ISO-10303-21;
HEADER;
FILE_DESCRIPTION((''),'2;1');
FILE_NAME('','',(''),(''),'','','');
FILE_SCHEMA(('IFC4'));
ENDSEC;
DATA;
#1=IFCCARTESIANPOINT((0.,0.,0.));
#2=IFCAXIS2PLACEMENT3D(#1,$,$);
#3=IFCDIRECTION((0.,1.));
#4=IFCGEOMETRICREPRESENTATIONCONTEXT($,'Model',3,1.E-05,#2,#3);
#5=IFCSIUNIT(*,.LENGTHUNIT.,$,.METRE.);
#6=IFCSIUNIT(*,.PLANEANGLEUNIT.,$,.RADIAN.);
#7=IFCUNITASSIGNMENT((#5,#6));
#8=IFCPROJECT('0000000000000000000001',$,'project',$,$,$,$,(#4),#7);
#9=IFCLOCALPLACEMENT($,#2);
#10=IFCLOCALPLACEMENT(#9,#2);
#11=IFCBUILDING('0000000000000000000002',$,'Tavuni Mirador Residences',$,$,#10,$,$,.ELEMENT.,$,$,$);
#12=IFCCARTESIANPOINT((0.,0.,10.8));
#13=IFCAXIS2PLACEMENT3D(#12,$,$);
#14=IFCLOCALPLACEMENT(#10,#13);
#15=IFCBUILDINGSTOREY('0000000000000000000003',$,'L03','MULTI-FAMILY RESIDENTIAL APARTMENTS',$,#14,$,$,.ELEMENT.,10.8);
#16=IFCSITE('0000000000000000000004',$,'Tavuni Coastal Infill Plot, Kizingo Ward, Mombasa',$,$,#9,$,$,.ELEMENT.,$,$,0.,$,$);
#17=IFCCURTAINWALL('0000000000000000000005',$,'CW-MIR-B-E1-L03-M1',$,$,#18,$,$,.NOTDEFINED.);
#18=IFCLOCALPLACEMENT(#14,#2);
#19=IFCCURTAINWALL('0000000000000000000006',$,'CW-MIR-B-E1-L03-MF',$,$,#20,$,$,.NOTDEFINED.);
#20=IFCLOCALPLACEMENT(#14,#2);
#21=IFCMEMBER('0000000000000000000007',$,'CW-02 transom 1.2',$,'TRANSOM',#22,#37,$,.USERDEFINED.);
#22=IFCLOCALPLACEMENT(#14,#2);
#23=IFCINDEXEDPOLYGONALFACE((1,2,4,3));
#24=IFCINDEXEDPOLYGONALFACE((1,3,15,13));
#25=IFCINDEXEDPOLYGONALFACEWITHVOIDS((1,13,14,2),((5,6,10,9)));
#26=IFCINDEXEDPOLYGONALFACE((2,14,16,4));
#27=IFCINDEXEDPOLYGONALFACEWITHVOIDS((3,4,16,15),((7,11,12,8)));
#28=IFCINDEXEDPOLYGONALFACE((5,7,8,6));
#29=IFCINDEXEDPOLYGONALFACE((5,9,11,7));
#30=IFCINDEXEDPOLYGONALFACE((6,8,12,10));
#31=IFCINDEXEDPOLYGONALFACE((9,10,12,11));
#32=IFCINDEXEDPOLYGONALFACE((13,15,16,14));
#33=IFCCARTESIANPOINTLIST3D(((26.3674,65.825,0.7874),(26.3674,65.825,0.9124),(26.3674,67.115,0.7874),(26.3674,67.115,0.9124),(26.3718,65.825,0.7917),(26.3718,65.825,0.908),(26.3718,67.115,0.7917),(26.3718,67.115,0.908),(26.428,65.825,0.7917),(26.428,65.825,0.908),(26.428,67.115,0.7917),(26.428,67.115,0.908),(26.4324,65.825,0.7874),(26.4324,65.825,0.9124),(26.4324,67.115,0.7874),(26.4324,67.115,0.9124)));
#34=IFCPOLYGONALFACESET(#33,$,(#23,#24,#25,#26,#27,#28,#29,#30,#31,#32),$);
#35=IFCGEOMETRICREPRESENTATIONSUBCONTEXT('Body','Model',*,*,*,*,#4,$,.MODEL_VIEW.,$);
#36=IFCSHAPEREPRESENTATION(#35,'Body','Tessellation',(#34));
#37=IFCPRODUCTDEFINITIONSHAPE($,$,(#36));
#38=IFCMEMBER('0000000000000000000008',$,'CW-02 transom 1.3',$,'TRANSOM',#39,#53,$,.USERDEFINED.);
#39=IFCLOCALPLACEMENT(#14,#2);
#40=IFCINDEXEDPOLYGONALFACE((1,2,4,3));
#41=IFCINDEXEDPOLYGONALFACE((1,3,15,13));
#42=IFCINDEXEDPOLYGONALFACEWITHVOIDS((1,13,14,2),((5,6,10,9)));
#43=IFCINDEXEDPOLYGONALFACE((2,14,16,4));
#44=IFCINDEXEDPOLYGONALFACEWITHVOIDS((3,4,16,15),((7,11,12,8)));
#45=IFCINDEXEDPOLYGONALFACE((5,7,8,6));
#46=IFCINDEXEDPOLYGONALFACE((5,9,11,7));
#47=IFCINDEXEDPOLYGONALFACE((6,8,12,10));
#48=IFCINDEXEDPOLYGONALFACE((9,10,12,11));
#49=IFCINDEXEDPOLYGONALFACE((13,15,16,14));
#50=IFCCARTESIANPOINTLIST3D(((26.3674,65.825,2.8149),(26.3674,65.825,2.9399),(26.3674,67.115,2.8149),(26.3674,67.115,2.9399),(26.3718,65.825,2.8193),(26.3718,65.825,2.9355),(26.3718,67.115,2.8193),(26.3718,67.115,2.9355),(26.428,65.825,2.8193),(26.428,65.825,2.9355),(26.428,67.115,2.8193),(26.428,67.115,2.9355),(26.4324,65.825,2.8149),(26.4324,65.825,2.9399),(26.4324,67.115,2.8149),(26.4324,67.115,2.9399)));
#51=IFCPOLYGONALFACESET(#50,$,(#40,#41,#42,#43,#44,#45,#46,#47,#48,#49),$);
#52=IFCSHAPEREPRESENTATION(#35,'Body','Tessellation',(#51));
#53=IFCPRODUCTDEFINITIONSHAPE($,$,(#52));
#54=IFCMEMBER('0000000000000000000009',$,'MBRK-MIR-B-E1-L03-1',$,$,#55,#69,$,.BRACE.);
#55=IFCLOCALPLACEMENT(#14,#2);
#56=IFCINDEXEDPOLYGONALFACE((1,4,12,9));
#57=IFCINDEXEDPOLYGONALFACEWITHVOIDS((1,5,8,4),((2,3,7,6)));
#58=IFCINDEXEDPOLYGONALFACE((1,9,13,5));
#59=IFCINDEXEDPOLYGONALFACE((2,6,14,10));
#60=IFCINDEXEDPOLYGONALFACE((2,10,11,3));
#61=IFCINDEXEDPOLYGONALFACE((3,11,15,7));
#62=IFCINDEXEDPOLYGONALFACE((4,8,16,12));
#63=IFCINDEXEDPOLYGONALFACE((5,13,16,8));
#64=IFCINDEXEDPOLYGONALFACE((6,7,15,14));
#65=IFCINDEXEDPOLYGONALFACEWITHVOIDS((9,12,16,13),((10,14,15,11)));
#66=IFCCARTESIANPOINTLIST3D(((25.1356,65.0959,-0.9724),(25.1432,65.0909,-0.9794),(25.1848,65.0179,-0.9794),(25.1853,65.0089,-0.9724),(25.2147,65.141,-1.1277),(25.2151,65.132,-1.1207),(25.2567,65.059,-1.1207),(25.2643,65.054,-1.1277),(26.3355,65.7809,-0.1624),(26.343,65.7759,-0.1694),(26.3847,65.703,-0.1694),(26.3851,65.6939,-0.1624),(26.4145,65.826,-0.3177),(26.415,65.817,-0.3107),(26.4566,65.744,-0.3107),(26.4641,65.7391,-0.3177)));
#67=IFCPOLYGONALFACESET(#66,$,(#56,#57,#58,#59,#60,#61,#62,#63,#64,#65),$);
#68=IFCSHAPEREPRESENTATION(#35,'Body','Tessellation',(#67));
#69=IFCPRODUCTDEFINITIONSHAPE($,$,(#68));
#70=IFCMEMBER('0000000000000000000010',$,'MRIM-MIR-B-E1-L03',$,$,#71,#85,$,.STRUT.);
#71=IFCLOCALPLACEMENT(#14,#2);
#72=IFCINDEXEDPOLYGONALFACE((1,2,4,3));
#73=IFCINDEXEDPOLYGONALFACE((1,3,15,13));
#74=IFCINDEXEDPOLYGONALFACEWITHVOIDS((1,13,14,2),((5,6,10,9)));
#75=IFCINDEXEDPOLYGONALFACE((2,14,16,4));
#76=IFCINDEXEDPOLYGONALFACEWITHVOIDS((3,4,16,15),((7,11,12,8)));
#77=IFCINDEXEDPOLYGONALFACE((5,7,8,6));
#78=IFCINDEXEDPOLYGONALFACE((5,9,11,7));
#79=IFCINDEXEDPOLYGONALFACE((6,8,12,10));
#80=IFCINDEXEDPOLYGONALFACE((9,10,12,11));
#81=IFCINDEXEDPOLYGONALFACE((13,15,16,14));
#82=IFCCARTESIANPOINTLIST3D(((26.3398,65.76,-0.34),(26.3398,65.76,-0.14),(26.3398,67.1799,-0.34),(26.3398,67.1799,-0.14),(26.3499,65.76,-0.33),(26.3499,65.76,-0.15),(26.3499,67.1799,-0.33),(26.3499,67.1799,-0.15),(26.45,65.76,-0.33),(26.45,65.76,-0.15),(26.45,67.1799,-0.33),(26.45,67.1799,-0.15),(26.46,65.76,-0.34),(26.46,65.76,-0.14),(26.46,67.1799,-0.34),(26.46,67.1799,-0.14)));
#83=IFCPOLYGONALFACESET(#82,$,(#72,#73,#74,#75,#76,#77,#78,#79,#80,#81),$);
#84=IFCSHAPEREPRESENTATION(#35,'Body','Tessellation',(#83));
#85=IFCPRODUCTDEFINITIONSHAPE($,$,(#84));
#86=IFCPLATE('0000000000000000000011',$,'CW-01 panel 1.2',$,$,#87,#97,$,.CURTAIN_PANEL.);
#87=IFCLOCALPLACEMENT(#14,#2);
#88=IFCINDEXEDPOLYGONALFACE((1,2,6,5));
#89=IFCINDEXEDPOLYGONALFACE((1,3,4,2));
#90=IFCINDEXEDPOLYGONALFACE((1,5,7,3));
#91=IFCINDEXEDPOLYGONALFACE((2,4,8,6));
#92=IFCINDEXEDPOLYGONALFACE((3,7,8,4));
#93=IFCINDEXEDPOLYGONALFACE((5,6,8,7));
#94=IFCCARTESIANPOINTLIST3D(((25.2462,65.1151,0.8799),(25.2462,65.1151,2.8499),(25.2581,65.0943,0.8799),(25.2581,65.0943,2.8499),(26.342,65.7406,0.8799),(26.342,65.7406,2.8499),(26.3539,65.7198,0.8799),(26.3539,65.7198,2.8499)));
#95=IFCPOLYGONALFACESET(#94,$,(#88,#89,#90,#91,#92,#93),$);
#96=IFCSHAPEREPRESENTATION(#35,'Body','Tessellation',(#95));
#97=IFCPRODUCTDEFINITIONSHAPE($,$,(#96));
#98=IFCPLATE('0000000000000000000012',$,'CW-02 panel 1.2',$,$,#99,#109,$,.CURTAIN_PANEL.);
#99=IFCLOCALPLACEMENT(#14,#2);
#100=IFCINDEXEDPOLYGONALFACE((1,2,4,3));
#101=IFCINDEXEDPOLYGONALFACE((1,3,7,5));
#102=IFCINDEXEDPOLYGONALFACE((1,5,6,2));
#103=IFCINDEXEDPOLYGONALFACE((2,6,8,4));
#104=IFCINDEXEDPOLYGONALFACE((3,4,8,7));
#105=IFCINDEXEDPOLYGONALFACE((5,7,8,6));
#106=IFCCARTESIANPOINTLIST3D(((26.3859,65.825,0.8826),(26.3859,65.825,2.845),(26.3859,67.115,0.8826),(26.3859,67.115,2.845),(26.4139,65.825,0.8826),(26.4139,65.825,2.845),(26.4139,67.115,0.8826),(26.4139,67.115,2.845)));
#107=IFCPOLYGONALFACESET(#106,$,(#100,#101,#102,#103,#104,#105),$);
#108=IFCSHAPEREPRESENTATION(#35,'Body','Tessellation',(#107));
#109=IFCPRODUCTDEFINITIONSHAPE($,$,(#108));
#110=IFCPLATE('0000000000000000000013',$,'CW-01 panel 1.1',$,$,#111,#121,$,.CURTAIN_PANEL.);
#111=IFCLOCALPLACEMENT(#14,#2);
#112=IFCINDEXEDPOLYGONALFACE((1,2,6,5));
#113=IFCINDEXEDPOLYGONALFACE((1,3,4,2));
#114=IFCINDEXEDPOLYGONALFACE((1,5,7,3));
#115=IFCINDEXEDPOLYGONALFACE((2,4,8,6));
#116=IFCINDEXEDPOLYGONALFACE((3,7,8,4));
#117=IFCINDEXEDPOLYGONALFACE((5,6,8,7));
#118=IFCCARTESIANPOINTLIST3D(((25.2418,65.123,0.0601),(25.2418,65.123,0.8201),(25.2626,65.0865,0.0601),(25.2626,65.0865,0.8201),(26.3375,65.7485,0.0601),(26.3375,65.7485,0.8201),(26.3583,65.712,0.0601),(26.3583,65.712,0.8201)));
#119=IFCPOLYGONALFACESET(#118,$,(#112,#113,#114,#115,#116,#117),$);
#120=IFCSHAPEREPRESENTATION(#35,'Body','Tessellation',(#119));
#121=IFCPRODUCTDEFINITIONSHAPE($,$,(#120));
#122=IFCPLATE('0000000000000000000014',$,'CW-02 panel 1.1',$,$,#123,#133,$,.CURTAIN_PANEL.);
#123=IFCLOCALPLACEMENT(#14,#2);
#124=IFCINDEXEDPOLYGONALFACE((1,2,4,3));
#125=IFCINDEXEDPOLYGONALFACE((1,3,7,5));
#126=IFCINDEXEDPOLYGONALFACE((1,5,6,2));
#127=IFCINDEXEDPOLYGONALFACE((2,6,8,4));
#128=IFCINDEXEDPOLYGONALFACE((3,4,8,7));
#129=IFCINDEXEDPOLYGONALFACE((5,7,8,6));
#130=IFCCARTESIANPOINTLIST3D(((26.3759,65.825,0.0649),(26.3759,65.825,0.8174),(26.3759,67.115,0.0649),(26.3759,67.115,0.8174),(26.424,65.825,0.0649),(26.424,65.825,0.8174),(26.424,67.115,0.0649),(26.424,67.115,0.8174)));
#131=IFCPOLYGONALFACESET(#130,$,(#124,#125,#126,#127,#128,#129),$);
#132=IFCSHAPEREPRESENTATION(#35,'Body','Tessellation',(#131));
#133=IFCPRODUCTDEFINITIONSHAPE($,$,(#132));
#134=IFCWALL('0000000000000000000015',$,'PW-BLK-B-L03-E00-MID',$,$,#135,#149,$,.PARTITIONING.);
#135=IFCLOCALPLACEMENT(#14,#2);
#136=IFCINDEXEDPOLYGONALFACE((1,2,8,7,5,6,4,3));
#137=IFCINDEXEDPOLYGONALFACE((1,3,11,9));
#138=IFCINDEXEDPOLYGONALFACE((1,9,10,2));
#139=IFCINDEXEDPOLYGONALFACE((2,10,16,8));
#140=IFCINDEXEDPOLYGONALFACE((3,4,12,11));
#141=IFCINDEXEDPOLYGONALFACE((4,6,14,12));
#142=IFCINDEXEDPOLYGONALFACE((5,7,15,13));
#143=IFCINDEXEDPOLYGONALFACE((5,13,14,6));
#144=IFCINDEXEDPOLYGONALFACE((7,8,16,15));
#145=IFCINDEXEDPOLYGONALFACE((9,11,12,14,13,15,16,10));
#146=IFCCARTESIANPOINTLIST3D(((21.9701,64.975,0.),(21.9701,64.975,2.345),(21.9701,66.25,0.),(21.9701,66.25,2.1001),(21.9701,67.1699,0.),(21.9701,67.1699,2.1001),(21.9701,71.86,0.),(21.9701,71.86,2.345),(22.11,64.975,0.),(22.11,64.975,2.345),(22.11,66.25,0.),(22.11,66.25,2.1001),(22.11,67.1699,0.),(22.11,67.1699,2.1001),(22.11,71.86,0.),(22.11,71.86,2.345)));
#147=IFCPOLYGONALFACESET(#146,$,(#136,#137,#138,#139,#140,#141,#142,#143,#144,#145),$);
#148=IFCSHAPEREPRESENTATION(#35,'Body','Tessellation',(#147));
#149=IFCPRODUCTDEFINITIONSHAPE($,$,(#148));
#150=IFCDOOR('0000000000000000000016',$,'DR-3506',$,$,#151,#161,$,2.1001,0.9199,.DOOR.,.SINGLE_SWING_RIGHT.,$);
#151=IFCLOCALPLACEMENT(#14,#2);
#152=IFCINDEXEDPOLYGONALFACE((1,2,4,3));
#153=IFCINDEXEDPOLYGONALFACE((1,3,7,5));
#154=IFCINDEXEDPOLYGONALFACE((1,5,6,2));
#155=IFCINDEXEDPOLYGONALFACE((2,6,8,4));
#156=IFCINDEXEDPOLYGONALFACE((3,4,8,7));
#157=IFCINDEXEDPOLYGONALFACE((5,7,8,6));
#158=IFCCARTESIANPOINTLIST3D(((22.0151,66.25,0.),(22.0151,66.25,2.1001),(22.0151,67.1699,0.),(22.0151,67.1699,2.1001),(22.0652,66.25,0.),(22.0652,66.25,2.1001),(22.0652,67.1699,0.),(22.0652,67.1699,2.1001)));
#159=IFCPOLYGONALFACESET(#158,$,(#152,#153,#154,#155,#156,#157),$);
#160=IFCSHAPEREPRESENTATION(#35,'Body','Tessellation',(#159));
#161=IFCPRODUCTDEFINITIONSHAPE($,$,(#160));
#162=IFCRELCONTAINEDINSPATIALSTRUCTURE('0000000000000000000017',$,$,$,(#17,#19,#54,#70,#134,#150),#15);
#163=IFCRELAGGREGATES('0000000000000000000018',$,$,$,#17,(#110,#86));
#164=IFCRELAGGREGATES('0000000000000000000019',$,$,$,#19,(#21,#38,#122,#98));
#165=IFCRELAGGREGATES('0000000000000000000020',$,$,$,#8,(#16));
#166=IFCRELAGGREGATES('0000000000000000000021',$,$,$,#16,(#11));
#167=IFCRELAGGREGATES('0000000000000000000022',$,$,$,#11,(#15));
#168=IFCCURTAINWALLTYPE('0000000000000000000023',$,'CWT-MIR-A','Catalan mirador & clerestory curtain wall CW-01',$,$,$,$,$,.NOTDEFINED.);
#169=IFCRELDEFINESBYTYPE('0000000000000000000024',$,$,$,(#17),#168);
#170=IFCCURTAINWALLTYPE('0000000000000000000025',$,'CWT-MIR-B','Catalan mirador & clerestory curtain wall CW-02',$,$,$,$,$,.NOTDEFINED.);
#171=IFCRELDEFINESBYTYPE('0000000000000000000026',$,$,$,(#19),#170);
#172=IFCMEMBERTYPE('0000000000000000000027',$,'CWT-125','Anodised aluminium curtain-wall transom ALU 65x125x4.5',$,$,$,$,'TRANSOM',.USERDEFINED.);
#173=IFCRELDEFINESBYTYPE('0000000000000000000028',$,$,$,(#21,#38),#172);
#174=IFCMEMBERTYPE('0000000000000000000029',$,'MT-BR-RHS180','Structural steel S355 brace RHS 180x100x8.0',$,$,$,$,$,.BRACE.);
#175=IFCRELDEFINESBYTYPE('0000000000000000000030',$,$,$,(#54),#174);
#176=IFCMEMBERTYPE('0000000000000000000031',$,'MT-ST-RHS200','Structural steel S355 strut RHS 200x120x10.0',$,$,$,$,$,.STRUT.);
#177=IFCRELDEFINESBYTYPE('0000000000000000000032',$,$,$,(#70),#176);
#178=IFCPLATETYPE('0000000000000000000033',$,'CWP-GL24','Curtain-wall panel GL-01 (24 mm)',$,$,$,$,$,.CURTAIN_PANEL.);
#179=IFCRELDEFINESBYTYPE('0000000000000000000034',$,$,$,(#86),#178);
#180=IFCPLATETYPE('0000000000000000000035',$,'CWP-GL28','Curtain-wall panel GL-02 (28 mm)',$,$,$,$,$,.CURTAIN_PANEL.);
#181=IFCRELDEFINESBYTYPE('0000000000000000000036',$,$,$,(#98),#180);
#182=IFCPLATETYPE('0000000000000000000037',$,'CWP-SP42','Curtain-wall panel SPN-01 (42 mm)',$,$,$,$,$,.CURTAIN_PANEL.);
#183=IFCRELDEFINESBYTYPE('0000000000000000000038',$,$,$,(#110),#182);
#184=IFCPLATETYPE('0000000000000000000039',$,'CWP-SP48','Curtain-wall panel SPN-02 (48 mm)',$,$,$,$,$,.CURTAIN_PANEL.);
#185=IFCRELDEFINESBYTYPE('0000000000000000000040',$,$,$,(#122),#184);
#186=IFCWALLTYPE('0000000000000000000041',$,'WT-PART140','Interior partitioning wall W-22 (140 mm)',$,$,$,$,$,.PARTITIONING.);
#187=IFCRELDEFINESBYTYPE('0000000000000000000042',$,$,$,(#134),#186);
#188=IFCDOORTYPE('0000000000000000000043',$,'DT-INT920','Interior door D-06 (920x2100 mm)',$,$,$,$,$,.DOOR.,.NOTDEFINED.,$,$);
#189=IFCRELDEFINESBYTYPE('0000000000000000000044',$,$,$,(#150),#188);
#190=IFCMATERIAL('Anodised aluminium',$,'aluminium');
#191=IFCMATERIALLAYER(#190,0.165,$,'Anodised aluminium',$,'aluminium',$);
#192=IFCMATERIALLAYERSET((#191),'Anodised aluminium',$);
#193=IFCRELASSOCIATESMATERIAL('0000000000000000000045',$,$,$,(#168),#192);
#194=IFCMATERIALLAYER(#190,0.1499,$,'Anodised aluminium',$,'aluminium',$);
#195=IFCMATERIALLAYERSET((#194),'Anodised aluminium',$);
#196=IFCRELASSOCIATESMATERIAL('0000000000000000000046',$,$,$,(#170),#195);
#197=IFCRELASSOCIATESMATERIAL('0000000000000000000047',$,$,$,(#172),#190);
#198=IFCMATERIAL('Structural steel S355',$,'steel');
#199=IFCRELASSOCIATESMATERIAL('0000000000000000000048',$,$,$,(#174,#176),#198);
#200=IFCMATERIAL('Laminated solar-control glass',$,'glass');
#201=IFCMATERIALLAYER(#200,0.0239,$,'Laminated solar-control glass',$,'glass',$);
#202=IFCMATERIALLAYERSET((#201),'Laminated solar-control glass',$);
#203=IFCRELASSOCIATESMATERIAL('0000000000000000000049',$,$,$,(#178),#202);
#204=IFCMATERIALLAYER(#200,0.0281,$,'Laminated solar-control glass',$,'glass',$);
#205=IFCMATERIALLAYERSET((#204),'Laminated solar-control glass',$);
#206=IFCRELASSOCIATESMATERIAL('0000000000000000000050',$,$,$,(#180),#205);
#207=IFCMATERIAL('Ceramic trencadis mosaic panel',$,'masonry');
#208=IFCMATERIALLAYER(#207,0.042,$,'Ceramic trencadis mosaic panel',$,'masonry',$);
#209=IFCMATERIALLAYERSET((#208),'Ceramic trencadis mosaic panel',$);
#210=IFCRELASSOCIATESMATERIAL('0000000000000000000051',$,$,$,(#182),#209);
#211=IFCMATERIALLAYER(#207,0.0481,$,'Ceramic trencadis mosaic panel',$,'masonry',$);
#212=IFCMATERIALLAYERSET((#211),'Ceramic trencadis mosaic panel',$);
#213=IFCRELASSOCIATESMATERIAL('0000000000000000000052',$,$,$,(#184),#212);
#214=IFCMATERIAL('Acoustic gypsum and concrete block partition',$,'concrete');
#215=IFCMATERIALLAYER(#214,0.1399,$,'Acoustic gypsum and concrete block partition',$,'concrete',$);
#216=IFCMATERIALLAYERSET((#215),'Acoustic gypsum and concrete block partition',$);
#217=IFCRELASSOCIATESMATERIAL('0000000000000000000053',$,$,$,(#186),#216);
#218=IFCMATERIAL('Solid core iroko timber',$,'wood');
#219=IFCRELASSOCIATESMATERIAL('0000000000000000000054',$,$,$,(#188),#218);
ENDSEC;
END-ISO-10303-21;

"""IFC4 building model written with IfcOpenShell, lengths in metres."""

from ifc_helpers import new_model, si_unit, direction, frame, frame_2d, origin, origin_2d, place, context, subcontext, project, spatial, rectangle, hollow_rectangle, extrude, material, layer, layer_set, material_profile, profile_set, type_object, element, fill, aggregate, save


model = new_model("IFC4")

# Units and contexts
model_context = context("Model", 3, precision=1e-05, world=origin(), true_north=direction((0.0, 1.0)))
body_context = subcontext(model_context, "Body", "Model", "MODEL_VIEW")
ifc_project = project(units=[si_unit("LENGTHUNIT", "METRE"), si_unit("PLANEANGLEUNIT", "RADIAN")], contexts=[model_context])

# Site, building, storey
site_placement = place(None, origin())
site = spatial("IfcSite", under=ifc_project, at=site_placement, Name="Tavuni Coastal Infill Plot, Kizingo Ward, Mombasa", CompositionType="ELEMENT", RefElevation=0.0)
building_placement = place(site_placement, origin())
building = spatial("IfcBuilding", under=site, at=building_placement, Name="Tavuni Mirador Residences", CompositionType="ELEMENT")
storey_placement = place(building_placement, frame((0.0, 0.0, 10.8)))
storey = spatial("IfcBuildingStorey", under=building, at=storey_placement, Name="L03", Description="MULTI-FAMILY RESIDENTIAL APARTMENTS", CompositionType="ELEMENT", Elevation=10.8)

# Curtain walls
ifc_material_1 = material(Name="Anodised aluminium", Category="aluminium")
ifc_layer_1 = layer(ifc_material_1, 0.165, Name="Anodised aluminium", Category="aluminium")
ifc_layer_set_1 = layer_set([ifc_layer_1], Name="Anodised aluminium")
curtain_wall_type_1 = type_object("IfcCurtainWallType", Name="CWT-MIR-A", Description="Catalan mirador & clerestory curtain wall CW-01", PredefinedType="NOTDEFINED", material=ifc_layer_set_1)
curtain_wall_1_placement = place(storey_placement, origin())
curtain_wall_1 = element("IfcCurtainWall", 1, at=curtain_wall_1_placement, inside=storey, type_object=curtain_wall_type_1, Name="CW-MIR-B-E1-L03-M1", PredefinedType="NOTDEFINED")
ifc_layer_2 = layer(ifc_material_1, 0.1499, Name="Anodised aluminium", Category="aluminium")
ifc_layer_set_2 = layer_set([ifc_layer_2], Name="Anodised aluminium")
curtain_wall_type_2 = type_object("IfcCurtainWallType", Name="CWT-MIR-B", Description="Catalan mirador & clerestory curtain wall CW-02", PredefinedType="NOTDEFINED", material=ifc_layer_set_2)
curtain_wall_2_placement = place(storey_placement, origin())
curtain_wall_2 = element("IfcCurtainWall", 2, at=curtain_wall_2_placement, inside=storey, type_object=curtain_wall_type_2, Name="CW-MIR-B-E1-L03-MF", PredefinedType="NOTDEFINED")

# Members
ifc_material_profile_1 = material_profile(ifc_material_1, hollow_rectangle(XDim=0.0649, YDim=0.125, WallThickness=0.0044, at=origin_2d()), Name="ALU 65x125x4.5", Category="aluminium")
ifc_profile_set_1 = profile_set([ifc_material_profile_1], Name="Anodised aluminium")
member_type_1 = type_object("IfcMemberType", Name="CWT-125", Description="Anodised aluminium curtain-wall transom ALU 65x125x4.5", ElementType="TRANSOM", PredefinedType="USERDEFINED", material=ifc_profile_set_1)
member_1_placement = place(storey_placement, frame((26.3999, 65.825, 0.8499), z_axis=(0.0, 1.0, 0.0), x_axis=(-1.0, 0.0, 0.0)))
member_1 = element("IfcMember", 3, at=member_1_placement, type_object=member_type_1, Name="CW-02 transom 1.2", ObjectType="TRANSOM", PredefinedType="USERDEFINED", context=body_context, shape_type="SweptSolid", body=[
    extrude(hollow_rectangle(XDim=0.0649, YDim=0.125, WallThickness=0.0044, at=origin_2d()), origin(), (0.0, 0.0, 1.0), 1.29),
])
member_2_placement = place(storey_placement, frame((26.3999, 65.825, 2.8774), z_axis=(0.0, 1.0, 0.0), x_axis=(-1.0, 0.0, 0.0)))
member_2 = element("IfcMember", 4, at=member_2_placement, type_object=member_type_1, Name="CW-02 transom 1.3", ObjectType="TRANSOM", PredefinedType="USERDEFINED", context=body_context, shape_type="SweptSolid", body=[
    extrude(hollow_rectangle(XDim=0.0649, YDim=0.125, WallThickness=0.0044, at=origin_2d()), origin(), (0.0, 0.0, 1.0), 1.29),
])

# Members
ifc_material_2 = material(Name="Structural steel S355", Category="steel")
ifc_material_profile_2 = material_profile(ifc_material_2, hollow_rectangle(XDim=0.1001, YDim=0.1799, WallThickness=0.0081, at=origin_2d()), Name="RHS 180x100x8.0", Category="steel")
ifc_profile_set_2 = profile_set([ifc_material_profile_2], Name="Structural steel S355")
member_type_2 = type_object("IfcMemberType", Name="MT-BR-RHS180", Description="Structural steel S355 brace RHS 180x100x8.0", PredefinedType="BRACE", material=ifc_profile_set_2)
member_3_placement = place(storey_placement, frame((25.2, 65.075, -1.05), z_axis=(0.749182, 0.427712, 0.505755), x_axis=(-0.495796, 0.868439, 0.0)))
element("IfcMember", 5, at=member_3_placement, inside=storey, type_object=member_type_2, Name="MBRK-MIR-B-E1-L03-1", PredefinedType="BRACE", context=body_context, shape_type="SweptSolid", body=[
    extrude(hollow_rectangle(XDim=0.1001, YDim=0.1799, WallThickness=0.0081, at=origin_2d()), origin(), (0.0, 0.0, 1.0), 1.6016),
])
ifc_material_profile_3 = material_profile(ifc_material_2, hollow_rectangle(XDim=0.1201, YDim=0.2, WallThickness=0.01, at=origin_2d()), Name="RHS 200x120x10.0", Category="steel")
ifc_profile_set_3 = profile_set([ifc_material_profile_3], Name="Structural steel S355")
member_type_3 = type_object("IfcMemberType", Name="MT-ST-RHS200", Description="Structural steel S355 strut RHS 200x120x10.0", PredefinedType="STRUT", material=ifc_profile_set_3)
member_4_placement = place(storey_placement, frame((26.3999, 65.76, -0.24), z_axis=(0.0, 1.0, 0.0), x_axis=(-1.0, 0.0, 0.0)))
element("IfcMember", 6, at=member_4_placement, inside=storey, type_object=member_type_3, Name="MRIM-MIR-B-E1-L03", PredefinedType="STRUT", context=body_context, shape_type="SweptSolid", body=[
    extrude(hollow_rectangle(XDim=0.1201, YDim=0.2, WallThickness=0.01, at=origin_2d()), origin(), (0.0, 0.0, 1.0), 1.4199),
])

# Plates
ifc_material_3 = material(Name="Laminated solar-control glass", Category="glass")
ifc_layer_3 = layer(ifc_material_3, 0.0239, Name="Laminated solar-control glass", Category="glass")
ifc_layer_set_3 = layer_set([ifc_layer_3], Name="Laminated solar-control glass")
plate_type_1 = type_object("IfcPlateType", Name="CWP-GL24", Description="Curtain-wall panel GL-01 (24 mm)", PredefinedType="CURTAIN_PANEL", material=ifc_layer_set_3)
plate_1_placement = place(storey_placement, frame((25.8, 65.4175, 0.8799), z_axis=(0.0, 0.0, 1.0), x_axis=(0.868466, 0.495749, 0.0)))
plate_1 = element("IfcPlate", 7, at=plate_1_placement, type_object=plate_type_1, Name="CW-01 panel 1.2", PredefinedType="CURTAIN_PANEL", context=body_context, shape_type="SweptSolid", body=[
    extrude(rectangle(XDim=1.2617, YDim=0.0239, at=origin_2d()), origin(), (0.0, 0.0, 1.0), 1.97),
])
ifc_layer_4 = layer(ifc_material_3, 0.0281, Name="Laminated solar-control glass", Category="glass")
ifc_layer_set_4 = layer_set([ifc_layer_4], Name="Laminated solar-control glass")
plate_type_2 = type_object("IfcPlateType", Name="CWP-GL28", Description="Curtain-wall panel GL-02 (28 mm)", PredefinedType="CURTAIN_PANEL", material=ifc_layer_set_4)
plate_2_placement = place(storey_placement, frame((26.3999, 66.47, 0.8826), z_axis=(0.0, 0.0, 1.0), x_axis=(0.0, 1.0, 0.0)))
plate_2 = element("IfcPlate", 8, at=plate_2_placement, type_object=plate_type_2, Name="CW-02 panel 1.2", PredefinedType="CURTAIN_PANEL", context=body_context, shape_type="SweptSolid", body=[
    extrude(rectangle(XDim=1.29, YDim=0.0281, at=origin_2d()), origin(), (0.0, 0.0, 1.0), 1.9624),
])
ifc_material_4 = material(Name="Ceramic trencadis mosaic panel", Category="masonry")
ifc_layer_5 = layer(ifc_material_4, 0.042, Name="Ceramic trencadis mosaic panel", Category="masonry")
ifc_layer_set_5 = layer_set([ifc_layer_5], Name="Ceramic trencadis mosaic panel")
plate_type_3 = type_object("IfcPlateType", Name="CWP-SP42", Description="Curtain-wall panel SPN-01 (42 mm)", PredefinedType="CURTAIN_PANEL", material=ifc_layer_set_5)
plate_3_placement = place(storey_placement, frame((25.8, 65.4175, 0.0601), z_axis=(0.0, 0.0, 1.0), x_axis=(0.868466, 0.495749, 0.0)))
plate_3 = element("IfcPlate", 9, at=plate_3_placement, type_object=plate_type_3, Name="CW-01 panel 1.1", PredefinedType="CURTAIN_PANEL", context=body_context, shape_type="SweptSolid", body=[
    extrude(rectangle(XDim=1.2617, YDim=0.042, at=origin_2d()), origin(), (0.0, 0.0, 1.0), 0.76),
])
aggregate(curtain_wall_1, [plate_3, plate_1])
ifc_layer_6 = layer(ifc_material_4, 0.0481, Name="Ceramic trencadis mosaic panel", Category="masonry")
ifc_layer_set_6 = layer_set([ifc_layer_6], Name="Ceramic trencadis mosaic panel")
plate_type_4 = type_object("IfcPlateType", Name="CWP-SP48", Description="Curtain-wall panel SPN-02 (48 mm)", PredefinedType="CURTAIN_PANEL", material=ifc_layer_set_6)
plate_4_placement = place(storey_placement, frame((26.3999, 66.47, 0.0649), z_axis=(0.0, 0.0, 1.0), x_axis=(0.0, 1.0, 0.0)))
plate_4 = element("IfcPlate", 10, at=plate_4_placement, type_object=plate_type_4, Name="CW-02 panel 1.1", PredefinedType="CURTAIN_PANEL", context=body_context, shape_type="SweptSolid", body=[
    extrude(rectangle(XDim=1.29, YDim=0.0481, at=origin_2d()), origin(), (0.0, 0.0, 1.0), 0.7524),
])
aggregate(curtain_wall_2, [member_1, member_2, plate_4, plate_2])

# Wall, opening, door
ifc_material_5 = material(Name="Solid core iroko timber", Category="wood")
ifc_material_6 = material(Name="Acoustic gypsum and concrete block partition", Category="concrete")
ifc_layer_7 = layer(ifc_material_6, 0.1399, Name="Acoustic gypsum and concrete block partition", Category="concrete")
ifc_layer_set_7 = layer_set([ifc_layer_7], Name="Acoustic gypsum and concrete block partition")
wall_type_1 = type_object("IfcWallType", Name="WT-PART140", Description="Interior partitioning wall W-22 (140 mm)", PredefinedType="PARTITIONING", material=ifc_layer_set_7)
wall_1_placement = place(storey_placement, frame((22.04, 64.9751, 0.0), z_axis=(0.0, 0.0, 1.0), x_axis=(0.0, 1.0, 0.0)))
wall_1 = element("IfcWall", 11, at=wall_1_placement, inside=storey, type_object=wall_type_1, Name="PW-BLK-B-L03-E00-MID", PredefinedType="PARTITIONING", context=body_context, shape_type="SweptSolid", body=[
    extrude(rectangle(XDim=6.885, YDim=0.1399, at=frame_2d((3.4424, 0.0))), origin(), (0.0, 0.0, 1.0), 2.345),
])
opening_1_placement = place(wall_1_placement, frame((1.2749, 0.0, 0.0)))
opening_1 = element("IfcOpeningElement", 12, at=opening_1_placement, cuts=wall_1, PredefinedType="OPENING", context=body_context, shape_type="SweptSolid", body=[
    extrude(rectangle(XDim=0.9199, YDim=2.1001, at=frame_2d((0.46, 1.05))), frame((0.0, 0.0801, 0.0), z_axis=(0.0, -1.0, 0.0), x_axis=(1.0, 0.0, 0.0)), (0.0, 0.0, 1.0), 0.1599),
])
door_type_1 = type_object("IfcDoorType", Name="DT-INT920", Description="Interior door D-06 (920x2100 mm)", OperationType="NOTDEFINED", PredefinedType="DOOR", material=ifc_material_5)
door_1_placement = place(opening_1_placement, origin())
door_1 = element("IfcDoor", 13, at=door_1_placement, inside=storey, type_object=door_type_1, Name="DR-3506", OperationType="SINGLE_SWING_RIGHT", OverallHeight=2.1001, OverallWidth=0.9199, PredefinedType="DOOR", context=body_context, shape_type="SweptSolid", body=[
    extrude(rectangle(XDim=0.9199, YDim=2.1001, at=frame_2d((0.46, 1.05))), frame((0.0, 0.0249, 0.0), z_axis=(0.0, -1.0, 0.0), x_axis=(1.0, 0.0, 0.0)), (0.0, 0.0, 1.0), 0.05),
])
fill(opening_1, door_1)

save(model, "model.ifc")
